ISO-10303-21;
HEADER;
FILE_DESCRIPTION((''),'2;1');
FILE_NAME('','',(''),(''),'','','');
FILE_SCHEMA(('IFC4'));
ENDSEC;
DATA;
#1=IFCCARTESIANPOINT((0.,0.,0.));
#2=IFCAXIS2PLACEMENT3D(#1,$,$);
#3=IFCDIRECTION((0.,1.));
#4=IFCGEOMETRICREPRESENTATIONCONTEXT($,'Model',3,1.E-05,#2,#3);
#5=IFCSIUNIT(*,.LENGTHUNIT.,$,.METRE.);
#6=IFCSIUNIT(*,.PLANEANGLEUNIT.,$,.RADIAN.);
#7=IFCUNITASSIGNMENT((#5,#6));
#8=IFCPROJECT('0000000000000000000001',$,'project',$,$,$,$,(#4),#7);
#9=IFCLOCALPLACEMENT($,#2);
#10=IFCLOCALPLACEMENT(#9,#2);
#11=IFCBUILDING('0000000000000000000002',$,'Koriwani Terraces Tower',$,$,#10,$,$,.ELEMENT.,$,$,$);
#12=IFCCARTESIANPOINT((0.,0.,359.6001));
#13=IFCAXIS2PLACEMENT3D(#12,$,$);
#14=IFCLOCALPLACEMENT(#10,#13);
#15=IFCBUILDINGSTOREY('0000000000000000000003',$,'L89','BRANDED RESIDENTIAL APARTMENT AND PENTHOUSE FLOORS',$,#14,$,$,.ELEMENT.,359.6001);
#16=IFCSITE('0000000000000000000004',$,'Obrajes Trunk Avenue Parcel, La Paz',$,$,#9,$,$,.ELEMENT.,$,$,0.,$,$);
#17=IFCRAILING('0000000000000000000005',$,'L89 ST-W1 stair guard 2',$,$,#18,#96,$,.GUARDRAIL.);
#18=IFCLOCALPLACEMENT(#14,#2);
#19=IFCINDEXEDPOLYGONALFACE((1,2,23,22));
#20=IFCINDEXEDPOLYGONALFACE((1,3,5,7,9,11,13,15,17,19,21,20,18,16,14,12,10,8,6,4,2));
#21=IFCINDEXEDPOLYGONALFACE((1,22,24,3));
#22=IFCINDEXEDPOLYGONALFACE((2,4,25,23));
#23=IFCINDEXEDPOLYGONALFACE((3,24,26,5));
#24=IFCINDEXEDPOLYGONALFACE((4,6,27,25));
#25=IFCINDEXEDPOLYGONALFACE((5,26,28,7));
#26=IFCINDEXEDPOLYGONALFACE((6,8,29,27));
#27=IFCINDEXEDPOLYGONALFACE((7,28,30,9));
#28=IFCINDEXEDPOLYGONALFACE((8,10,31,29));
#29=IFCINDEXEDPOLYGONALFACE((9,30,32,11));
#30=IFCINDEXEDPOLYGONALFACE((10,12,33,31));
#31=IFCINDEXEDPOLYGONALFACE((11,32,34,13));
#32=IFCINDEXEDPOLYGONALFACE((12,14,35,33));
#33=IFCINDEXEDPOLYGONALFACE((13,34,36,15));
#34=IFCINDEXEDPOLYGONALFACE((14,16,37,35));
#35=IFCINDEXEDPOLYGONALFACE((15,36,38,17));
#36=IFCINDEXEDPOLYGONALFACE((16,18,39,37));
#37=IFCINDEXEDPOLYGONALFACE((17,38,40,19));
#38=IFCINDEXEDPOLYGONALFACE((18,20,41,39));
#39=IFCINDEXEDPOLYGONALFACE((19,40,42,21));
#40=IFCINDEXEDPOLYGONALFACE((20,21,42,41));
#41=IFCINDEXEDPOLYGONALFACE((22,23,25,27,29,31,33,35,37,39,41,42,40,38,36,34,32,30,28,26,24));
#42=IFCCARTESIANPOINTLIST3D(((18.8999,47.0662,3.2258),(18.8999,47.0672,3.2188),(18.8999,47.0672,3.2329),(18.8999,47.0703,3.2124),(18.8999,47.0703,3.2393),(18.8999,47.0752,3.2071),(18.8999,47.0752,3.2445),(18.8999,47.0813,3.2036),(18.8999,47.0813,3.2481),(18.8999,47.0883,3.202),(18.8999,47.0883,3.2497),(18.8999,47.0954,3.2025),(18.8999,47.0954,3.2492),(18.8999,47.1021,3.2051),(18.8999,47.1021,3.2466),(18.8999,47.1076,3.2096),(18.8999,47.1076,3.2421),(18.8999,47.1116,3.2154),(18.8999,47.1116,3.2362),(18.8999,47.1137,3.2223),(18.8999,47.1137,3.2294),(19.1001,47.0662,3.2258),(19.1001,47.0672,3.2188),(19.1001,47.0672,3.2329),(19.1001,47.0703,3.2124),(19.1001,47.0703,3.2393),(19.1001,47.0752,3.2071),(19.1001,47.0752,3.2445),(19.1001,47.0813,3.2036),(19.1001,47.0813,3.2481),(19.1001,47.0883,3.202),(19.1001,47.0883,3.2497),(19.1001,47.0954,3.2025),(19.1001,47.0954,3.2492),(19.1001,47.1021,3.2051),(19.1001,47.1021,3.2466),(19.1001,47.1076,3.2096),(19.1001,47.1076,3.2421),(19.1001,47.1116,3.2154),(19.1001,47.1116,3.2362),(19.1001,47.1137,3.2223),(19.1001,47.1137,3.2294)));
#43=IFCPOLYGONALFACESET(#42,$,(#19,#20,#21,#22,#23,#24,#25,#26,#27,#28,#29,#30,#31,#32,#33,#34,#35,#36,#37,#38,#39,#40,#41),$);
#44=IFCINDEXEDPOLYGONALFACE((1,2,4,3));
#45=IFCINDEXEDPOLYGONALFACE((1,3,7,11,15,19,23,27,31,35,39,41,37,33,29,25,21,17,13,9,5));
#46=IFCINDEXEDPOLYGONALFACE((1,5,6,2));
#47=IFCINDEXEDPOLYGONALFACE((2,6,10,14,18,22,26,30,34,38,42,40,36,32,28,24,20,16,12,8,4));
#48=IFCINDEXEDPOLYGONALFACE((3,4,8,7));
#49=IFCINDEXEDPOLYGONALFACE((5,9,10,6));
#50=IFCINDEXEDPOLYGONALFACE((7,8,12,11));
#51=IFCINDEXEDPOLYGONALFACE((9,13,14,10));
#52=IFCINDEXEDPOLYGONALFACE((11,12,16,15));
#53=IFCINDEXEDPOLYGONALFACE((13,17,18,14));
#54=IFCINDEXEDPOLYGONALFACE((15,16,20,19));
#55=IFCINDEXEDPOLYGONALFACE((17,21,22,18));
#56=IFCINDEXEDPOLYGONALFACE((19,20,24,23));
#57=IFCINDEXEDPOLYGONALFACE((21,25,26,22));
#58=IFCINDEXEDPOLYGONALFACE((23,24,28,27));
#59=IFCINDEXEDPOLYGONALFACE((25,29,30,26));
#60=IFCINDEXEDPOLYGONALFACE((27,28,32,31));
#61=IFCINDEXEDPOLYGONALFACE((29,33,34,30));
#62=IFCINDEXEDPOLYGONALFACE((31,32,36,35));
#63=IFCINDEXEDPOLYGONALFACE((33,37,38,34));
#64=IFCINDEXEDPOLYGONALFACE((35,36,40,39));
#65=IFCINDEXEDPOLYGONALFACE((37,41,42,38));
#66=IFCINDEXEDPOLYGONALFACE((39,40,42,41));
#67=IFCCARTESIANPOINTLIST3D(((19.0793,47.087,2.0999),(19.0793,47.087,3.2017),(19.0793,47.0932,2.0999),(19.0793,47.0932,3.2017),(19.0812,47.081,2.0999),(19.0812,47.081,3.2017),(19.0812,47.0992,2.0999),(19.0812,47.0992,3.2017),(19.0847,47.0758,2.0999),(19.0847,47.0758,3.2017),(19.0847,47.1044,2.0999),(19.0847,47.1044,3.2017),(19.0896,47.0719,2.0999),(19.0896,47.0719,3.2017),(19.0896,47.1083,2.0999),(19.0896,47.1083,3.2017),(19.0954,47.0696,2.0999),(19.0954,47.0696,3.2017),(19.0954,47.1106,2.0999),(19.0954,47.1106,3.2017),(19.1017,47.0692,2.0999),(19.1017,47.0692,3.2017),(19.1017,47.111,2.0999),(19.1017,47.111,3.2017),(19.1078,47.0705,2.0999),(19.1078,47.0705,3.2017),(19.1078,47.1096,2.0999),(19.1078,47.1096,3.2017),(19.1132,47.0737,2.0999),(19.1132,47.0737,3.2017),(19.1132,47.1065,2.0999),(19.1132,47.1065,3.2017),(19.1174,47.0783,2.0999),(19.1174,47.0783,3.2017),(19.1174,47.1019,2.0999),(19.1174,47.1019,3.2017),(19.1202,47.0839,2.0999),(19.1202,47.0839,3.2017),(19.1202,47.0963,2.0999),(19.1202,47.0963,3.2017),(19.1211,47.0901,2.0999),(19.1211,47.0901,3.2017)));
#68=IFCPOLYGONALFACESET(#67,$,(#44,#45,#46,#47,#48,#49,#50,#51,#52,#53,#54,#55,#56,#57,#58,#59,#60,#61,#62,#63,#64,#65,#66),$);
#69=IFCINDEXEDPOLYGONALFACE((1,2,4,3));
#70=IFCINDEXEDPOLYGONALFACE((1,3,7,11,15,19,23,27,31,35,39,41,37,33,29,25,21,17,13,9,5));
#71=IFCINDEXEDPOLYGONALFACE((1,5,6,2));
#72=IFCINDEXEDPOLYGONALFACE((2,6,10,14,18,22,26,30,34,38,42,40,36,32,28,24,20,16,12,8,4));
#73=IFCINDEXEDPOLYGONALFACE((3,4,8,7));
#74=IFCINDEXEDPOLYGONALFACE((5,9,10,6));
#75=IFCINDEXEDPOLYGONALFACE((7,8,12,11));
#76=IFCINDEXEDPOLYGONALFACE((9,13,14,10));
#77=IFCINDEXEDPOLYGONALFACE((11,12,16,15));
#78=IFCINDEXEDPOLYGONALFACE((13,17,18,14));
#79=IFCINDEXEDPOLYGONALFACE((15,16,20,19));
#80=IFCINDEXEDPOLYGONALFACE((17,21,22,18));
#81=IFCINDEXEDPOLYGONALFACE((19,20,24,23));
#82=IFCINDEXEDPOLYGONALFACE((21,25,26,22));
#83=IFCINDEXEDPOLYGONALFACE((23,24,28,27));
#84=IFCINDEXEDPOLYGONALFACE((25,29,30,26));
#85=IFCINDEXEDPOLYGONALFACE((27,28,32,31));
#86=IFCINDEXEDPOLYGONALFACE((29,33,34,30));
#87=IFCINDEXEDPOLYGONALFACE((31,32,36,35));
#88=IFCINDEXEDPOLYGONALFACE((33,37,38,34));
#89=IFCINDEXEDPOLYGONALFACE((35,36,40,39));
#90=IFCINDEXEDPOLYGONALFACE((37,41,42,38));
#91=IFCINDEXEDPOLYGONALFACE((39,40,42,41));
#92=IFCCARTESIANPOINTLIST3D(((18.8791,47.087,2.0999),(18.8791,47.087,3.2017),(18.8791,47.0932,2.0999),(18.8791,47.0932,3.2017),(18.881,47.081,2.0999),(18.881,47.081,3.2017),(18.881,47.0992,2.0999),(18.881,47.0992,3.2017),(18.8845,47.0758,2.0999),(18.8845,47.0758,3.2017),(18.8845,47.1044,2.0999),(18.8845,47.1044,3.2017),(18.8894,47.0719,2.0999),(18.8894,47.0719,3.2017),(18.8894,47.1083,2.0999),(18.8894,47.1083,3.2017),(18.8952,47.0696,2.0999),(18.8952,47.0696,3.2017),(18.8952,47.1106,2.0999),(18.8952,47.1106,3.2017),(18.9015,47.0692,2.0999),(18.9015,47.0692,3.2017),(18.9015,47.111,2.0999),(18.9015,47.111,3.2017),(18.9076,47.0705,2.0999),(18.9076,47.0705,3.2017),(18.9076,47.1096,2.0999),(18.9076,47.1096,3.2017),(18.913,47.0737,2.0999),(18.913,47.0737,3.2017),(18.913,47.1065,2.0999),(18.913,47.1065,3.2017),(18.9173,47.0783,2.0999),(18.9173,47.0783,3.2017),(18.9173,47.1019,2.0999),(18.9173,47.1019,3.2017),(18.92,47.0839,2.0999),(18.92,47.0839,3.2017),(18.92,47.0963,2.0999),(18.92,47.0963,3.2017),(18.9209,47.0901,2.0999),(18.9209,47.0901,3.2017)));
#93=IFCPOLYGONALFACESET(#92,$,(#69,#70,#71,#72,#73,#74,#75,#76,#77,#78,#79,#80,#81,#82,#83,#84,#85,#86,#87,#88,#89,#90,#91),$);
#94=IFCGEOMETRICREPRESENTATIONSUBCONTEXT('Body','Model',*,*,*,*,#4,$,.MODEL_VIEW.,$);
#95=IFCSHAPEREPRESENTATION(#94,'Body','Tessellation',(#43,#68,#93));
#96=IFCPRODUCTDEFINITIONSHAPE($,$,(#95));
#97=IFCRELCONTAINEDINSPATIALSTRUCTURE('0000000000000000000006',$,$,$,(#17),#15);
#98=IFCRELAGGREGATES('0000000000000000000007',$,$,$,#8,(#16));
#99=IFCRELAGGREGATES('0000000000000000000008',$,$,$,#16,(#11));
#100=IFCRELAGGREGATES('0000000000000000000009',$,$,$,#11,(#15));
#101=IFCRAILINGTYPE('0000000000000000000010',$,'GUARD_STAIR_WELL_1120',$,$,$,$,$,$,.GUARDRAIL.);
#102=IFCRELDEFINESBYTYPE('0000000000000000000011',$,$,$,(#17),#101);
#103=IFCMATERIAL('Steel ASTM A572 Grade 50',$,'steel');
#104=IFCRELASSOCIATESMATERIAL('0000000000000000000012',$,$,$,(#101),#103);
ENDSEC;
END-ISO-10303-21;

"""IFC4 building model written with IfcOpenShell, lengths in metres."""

from ifc_helpers import new_model, si_unit, direction, frame, origin, origin_2d, place, context, subcontext, project, spatial, circle, extrude, material, type_object, element, save


model = new_model("IFC4")

# Units and contexts
model_context = context("Model", 3, precision=1e-05, world=origin(), true_north=direction((0.0, 1.0)))
body_context = subcontext(model_context, "Body", "Model", "MODEL_VIEW")
ifc_project = project(units=[si_unit("LENGTHUNIT", "METRE"), si_unit("PLANEANGLEUNIT", "RADIAN")], contexts=[model_context])

# Site, building, storey
site_placement = place(None, origin())
site = spatial("IfcSite", under=ifc_project, at=site_placement, Name="Obrajes Trunk Avenue Parcel, La Paz", CompositionType="ELEMENT", RefElevation=0.0)
building_placement = place(site_placement, origin())
building = spatial("IfcBuilding", under=site, at=building_placement, Name="Koriwani Terraces Tower", CompositionType="ELEMENT")
storey_placement = place(building_placement, frame((0.0, 0.0, 359.6001)))
storey = spatial("IfcBuildingStorey", under=building, at=storey_placement, Name="L89", Description="BRANDED RESIDENTIAL APARTMENT AND PENTHOUSE FLOORS", CompositionType="ELEMENT", Elevation=359.6001)

# Shared definitions
ifc_material_1 = material(Name="Steel ASTM A572 Grade 50", Category="steel")

# Railing
railing_type_1 = type_object("IfcRailingType", Name="GUARD_STAIR_WELL_1120", PredefinedType="GUARDRAIL", material=ifc_material_1)
railing_1_placement = place(storey_placement, frame((19.1001, 47.0901, 2.0999)))
element("IfcRailing", 1, at=railing_1_placement, inside=storey, type_object=railing_type_1, Name="L89 ST-W1 stair guard 2", PredefinedType="GUARDRAIL", context=body_context, shape_type="SweptSolid", body=[
    extrude(circle(Radius=0.0239, at=origin_2d()), frame((0.0, 0.0, 1.126), z_axis=(-1.0, 0.0, 0.0), x_axis=(0.0, -1.0, 0.0)), (0.0, 0.0, 1.0), 0.2002),
    extrude(circle(Radius=0.021, at=origin_2d()), origin(), (0.0, 0.0, 1.0), 1.1018),
    extrude(circle(Radius=0.021, at=origin_2d()), frame((-0.2002, 0.0, 0.0)), (0.0, 0.0, 1.0), 1.1018),
])

save(model, "model.ifc")
